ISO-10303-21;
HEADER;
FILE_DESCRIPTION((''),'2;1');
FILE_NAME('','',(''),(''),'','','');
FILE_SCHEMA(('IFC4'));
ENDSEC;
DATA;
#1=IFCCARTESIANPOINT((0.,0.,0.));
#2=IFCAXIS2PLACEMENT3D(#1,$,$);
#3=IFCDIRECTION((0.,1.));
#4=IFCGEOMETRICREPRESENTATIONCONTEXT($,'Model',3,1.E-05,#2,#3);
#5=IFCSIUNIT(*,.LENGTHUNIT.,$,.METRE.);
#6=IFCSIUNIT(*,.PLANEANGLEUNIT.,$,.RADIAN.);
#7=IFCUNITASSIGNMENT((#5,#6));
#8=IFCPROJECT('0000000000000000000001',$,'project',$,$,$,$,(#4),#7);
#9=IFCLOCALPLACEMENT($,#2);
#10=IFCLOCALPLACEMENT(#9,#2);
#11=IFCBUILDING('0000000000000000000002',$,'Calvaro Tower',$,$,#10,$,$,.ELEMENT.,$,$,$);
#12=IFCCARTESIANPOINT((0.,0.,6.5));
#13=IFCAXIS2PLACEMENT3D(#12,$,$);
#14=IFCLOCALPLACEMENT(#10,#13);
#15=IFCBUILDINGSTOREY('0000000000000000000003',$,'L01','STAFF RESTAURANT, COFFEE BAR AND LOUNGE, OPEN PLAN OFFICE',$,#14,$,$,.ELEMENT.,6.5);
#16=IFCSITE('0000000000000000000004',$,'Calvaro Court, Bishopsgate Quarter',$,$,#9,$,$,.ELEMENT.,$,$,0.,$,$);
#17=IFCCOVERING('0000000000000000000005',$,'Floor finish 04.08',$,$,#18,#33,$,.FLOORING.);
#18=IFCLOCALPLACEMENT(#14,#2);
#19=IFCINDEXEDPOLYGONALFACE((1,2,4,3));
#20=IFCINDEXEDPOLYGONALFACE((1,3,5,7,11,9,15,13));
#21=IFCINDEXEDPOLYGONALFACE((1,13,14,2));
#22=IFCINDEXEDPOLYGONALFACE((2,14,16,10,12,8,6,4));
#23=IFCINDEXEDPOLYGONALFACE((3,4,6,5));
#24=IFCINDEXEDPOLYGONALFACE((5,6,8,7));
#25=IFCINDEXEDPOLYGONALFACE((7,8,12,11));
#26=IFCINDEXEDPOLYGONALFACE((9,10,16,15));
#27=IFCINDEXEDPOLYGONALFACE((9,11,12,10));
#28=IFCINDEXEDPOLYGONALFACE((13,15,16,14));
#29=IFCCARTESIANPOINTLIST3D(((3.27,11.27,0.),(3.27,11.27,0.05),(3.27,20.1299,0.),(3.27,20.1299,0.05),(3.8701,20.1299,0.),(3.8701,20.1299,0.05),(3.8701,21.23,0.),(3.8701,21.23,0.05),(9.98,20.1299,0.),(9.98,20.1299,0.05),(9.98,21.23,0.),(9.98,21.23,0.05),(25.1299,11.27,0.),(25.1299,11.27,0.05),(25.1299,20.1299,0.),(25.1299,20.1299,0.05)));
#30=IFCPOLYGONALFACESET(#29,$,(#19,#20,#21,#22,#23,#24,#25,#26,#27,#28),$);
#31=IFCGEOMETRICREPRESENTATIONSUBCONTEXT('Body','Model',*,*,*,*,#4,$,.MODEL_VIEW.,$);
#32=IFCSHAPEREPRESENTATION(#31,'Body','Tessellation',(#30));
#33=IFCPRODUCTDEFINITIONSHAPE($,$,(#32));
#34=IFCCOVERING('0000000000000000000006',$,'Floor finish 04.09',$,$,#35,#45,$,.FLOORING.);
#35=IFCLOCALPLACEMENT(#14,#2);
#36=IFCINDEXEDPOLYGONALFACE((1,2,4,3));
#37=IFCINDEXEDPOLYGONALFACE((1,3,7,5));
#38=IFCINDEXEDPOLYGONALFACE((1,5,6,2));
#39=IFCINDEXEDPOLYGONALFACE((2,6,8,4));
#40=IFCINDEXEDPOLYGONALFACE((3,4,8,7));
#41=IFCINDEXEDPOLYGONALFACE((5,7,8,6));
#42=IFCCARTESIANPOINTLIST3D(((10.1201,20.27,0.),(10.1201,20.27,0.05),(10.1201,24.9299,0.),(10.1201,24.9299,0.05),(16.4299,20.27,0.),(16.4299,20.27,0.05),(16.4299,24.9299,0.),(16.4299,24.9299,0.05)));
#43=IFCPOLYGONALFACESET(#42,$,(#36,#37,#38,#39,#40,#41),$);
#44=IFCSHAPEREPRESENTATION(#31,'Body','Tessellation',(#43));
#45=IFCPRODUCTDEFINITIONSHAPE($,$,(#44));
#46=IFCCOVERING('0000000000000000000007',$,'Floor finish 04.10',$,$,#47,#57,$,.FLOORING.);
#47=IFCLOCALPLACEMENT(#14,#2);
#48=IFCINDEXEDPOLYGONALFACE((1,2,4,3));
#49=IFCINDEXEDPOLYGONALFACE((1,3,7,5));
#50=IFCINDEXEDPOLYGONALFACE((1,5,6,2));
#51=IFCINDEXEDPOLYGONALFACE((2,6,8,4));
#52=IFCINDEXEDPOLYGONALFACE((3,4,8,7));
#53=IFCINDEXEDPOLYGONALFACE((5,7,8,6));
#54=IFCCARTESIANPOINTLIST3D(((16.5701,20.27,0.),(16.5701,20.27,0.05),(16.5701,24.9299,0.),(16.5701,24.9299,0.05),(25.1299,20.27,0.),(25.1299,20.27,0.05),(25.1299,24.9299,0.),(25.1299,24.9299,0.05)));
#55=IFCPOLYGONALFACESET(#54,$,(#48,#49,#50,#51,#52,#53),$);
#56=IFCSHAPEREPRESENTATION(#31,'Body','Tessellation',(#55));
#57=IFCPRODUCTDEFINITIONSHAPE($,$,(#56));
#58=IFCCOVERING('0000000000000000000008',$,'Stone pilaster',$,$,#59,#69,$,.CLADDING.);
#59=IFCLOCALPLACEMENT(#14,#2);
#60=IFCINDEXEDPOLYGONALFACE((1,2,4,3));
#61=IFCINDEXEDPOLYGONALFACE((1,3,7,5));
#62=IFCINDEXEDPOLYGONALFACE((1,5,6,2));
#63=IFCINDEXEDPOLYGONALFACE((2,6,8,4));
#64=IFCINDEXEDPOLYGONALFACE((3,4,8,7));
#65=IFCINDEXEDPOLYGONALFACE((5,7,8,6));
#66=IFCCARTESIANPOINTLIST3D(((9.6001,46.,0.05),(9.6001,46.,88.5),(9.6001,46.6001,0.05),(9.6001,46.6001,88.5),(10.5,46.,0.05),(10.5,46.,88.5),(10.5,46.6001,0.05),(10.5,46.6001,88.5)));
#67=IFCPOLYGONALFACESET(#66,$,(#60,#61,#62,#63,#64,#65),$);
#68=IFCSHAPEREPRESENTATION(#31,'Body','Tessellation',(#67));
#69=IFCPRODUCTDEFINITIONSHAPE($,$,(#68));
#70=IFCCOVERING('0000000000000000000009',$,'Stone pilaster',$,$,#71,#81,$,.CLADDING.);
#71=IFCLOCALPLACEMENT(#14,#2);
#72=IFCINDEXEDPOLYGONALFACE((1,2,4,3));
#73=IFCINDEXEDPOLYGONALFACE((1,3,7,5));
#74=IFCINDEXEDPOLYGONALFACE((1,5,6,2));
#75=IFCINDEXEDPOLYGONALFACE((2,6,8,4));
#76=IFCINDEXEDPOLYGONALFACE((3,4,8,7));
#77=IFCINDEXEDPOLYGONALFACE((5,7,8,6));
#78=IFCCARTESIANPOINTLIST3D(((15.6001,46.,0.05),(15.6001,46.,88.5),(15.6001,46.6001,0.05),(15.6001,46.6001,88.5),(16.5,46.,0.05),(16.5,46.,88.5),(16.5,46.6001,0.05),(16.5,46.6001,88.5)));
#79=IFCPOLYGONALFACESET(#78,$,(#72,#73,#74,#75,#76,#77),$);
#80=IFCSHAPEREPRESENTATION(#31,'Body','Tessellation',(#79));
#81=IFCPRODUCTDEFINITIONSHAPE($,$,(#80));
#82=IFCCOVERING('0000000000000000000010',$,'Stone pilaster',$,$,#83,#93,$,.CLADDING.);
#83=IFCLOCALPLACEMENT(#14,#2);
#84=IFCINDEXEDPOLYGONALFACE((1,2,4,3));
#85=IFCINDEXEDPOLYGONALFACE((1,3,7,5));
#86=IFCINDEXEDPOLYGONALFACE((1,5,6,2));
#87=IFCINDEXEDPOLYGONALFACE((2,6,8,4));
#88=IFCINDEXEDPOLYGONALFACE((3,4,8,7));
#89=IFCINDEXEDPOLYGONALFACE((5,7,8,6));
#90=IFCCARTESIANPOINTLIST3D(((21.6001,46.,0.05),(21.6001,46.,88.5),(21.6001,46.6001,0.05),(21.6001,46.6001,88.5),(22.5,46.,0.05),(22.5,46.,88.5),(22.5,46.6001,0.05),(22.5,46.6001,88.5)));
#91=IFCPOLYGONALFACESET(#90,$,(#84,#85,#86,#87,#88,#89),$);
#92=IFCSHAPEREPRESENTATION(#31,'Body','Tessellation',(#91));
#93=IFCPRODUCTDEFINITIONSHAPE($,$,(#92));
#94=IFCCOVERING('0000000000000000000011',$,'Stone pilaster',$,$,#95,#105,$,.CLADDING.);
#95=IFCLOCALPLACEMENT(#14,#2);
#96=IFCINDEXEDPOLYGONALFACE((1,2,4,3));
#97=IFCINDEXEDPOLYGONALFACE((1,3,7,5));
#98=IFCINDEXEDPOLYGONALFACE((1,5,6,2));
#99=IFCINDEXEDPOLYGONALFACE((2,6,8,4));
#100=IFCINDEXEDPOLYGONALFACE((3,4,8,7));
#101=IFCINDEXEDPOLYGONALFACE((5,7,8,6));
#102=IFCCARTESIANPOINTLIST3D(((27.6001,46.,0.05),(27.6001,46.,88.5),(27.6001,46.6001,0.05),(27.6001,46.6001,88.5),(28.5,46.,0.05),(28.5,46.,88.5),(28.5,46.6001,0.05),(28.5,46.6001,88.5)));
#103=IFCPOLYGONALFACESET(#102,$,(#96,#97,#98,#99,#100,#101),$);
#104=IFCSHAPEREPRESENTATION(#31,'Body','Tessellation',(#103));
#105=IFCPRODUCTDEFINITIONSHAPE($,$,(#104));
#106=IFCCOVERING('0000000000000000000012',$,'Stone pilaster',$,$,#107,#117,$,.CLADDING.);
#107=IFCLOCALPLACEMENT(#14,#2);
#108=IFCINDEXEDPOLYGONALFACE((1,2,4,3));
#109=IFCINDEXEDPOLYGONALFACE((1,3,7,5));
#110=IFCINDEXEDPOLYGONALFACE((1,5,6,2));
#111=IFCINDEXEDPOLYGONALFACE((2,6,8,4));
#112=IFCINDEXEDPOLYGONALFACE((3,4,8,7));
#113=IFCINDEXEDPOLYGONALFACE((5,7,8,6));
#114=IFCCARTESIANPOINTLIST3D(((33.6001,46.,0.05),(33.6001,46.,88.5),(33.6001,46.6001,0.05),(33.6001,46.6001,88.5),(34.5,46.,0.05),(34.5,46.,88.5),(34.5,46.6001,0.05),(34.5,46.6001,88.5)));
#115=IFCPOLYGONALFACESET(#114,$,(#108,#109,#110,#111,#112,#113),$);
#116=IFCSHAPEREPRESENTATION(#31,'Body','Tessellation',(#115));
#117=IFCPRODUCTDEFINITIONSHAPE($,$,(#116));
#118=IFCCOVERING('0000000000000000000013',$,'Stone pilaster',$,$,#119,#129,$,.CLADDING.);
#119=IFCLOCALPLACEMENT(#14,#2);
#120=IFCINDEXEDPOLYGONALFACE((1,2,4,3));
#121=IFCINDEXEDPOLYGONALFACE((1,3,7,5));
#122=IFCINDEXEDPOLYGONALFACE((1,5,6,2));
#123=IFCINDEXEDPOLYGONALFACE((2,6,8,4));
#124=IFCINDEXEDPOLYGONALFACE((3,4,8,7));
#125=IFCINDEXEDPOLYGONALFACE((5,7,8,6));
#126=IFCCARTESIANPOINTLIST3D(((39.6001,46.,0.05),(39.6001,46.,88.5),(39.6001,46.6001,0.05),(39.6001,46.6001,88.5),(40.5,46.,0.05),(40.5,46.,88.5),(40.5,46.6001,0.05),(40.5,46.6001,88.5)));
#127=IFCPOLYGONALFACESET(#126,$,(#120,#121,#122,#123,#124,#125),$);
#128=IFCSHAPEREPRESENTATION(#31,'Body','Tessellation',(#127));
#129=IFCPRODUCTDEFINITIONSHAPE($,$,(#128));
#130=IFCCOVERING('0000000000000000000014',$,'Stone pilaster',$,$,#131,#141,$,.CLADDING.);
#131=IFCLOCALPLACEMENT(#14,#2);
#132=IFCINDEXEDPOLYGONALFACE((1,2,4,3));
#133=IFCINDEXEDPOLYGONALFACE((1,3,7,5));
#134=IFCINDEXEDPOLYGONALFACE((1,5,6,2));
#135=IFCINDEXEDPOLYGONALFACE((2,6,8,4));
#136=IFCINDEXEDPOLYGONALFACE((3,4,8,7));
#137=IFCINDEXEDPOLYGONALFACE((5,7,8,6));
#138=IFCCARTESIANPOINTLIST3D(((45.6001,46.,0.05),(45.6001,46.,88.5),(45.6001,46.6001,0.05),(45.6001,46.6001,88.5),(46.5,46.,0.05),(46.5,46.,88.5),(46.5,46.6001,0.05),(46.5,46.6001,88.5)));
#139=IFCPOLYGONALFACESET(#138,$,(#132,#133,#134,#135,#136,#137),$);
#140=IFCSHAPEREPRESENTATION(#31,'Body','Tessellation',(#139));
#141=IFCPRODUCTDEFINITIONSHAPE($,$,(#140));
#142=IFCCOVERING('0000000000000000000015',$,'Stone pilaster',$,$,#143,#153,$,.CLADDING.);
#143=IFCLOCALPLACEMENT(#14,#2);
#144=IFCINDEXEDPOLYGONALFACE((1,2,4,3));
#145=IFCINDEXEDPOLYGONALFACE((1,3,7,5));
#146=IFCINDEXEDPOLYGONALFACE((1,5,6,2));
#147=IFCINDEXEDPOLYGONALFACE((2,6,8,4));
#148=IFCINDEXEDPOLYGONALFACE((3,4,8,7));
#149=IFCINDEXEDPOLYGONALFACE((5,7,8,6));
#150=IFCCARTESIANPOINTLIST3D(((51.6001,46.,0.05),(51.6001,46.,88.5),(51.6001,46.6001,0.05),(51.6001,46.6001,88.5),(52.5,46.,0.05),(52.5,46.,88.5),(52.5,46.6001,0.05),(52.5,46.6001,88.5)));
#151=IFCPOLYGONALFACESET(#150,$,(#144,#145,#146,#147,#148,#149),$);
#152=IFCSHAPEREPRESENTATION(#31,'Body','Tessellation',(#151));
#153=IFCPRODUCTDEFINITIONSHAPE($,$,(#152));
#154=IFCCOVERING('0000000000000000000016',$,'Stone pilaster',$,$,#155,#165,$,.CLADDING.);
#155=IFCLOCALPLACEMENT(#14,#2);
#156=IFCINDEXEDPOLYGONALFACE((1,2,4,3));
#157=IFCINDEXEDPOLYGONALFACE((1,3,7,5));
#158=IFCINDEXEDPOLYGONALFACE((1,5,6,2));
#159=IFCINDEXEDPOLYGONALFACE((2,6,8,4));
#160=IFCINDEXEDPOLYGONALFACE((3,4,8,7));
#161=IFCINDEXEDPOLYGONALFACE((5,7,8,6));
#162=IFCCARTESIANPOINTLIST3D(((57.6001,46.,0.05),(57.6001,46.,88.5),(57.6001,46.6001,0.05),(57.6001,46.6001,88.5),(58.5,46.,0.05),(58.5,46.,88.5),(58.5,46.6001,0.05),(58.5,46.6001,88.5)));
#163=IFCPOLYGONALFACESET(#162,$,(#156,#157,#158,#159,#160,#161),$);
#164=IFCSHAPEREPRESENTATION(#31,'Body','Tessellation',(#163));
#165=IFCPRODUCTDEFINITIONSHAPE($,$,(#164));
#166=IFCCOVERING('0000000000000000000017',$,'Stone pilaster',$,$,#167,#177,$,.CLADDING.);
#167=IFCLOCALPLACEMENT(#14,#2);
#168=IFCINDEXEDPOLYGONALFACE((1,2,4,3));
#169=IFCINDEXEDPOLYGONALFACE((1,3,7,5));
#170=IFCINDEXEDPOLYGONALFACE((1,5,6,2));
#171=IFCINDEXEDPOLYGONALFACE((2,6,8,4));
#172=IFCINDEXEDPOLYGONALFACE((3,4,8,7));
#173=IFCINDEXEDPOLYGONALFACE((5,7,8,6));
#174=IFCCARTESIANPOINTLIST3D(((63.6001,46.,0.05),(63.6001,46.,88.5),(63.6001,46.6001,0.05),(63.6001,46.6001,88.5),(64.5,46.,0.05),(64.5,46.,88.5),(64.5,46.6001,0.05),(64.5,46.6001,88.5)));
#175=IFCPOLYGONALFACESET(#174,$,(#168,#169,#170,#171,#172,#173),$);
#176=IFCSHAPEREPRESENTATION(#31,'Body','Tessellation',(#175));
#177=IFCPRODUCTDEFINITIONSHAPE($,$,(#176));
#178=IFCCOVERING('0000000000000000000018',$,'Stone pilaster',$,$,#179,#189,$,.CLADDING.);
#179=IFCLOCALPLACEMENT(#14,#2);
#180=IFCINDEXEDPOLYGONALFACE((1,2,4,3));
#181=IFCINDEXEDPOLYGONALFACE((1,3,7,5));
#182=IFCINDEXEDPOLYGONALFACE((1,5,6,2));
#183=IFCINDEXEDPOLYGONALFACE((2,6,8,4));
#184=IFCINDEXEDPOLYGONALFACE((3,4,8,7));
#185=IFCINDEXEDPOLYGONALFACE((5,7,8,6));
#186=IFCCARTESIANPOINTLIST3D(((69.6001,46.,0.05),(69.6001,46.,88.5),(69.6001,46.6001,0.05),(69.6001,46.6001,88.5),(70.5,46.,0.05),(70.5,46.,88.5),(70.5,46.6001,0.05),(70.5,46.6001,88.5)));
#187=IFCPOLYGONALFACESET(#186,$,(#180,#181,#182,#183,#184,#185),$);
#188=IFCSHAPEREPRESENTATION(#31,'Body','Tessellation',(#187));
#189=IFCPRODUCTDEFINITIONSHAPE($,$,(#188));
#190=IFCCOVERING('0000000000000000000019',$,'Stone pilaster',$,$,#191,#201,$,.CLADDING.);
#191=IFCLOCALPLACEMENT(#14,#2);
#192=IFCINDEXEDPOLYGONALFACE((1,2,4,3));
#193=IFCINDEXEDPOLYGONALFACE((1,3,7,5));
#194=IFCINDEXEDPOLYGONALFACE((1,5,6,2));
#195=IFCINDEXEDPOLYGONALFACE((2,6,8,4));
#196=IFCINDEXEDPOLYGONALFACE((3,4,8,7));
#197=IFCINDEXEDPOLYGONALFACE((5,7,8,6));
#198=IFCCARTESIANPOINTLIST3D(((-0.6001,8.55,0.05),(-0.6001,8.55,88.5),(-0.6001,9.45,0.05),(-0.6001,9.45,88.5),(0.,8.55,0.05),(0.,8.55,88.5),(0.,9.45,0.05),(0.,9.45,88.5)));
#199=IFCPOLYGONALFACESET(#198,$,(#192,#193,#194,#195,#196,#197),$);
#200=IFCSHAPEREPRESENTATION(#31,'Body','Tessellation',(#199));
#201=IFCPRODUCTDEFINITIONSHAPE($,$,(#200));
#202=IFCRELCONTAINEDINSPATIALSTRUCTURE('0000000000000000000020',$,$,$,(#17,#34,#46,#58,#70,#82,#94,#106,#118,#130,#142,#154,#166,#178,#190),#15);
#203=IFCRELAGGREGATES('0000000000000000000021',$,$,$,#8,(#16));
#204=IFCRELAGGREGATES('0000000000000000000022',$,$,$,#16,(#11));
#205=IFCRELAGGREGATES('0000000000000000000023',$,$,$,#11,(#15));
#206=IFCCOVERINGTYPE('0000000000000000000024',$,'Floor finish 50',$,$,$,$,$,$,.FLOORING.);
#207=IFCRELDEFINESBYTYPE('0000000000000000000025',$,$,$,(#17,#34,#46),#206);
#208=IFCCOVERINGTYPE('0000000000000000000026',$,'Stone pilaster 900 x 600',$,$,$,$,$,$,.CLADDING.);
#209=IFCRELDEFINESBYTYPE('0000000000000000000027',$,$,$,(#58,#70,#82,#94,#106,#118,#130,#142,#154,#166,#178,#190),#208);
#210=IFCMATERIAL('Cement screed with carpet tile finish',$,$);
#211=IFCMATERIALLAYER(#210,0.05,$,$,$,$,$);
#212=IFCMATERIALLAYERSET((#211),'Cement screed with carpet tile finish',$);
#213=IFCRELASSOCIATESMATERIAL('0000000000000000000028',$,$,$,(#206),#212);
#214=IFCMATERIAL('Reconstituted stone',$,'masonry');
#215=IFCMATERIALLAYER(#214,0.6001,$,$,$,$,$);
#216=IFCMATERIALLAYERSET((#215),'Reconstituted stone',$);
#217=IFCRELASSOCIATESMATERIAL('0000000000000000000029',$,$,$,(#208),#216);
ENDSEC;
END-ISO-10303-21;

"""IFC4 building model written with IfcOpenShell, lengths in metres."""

from ifc_helpers import new_model, si_unit, direction, frame, origin, place, context, subcontext, project, spatial, polyline, outline, extrude, material, layer, layer_set, type_object, element, save


model = new_model("IFC4")

# Units and contexts
model_context = context("Model", 3, precision=1e-05, world=origin(), true_north=direction((0.0, 1.0)))
body_context = subcontext(model_context, "Body", "Model", "MODEL_VIEW")
ifc_project = project(units=[si_unit("LENGTHUNIT", "METRE"), si_unit("PLANEANGLEUNIT", "RADIAN")], contexts=[model_context])

# Site, building, storey
site_placement = place(None, origin())
site = spatial("IfcSite", under=ifc_project, at=site_placement, Name="Calvaro Court, Bishopsgate Quarter", CompositionType="ELEMENT", RefElevation=0.0)
building_placement = place(site_placement, origin())
building = spatial("IfcBuilding", under=site, at=building_placement, Name="Calvaro Tower", CompositionType="ELEMENT")
storey_placement = place(building_placement, frame((0.0, 0.0, 6.5)))
storey = spatial("IfcBuildingStorey", under=building, at=storey_placement, Name="L01", Description="STAFF RESTAURANT, COFFEE BAR AND LOUNGE, OPEN PLAN OFFICE", CompositionType="ELEMENT", Elevation=6.5)

# Coverings
ifc_material_1 = material(Name="Cement screed with carpet tile finish")
ifc_layer_1 = layer(ifc_material_1, 0.05)
ifc_layer_set_1 = layer_set([ifc_layer_1], Name="Cement screed with carpet tile finish")
covering_type_1 = type_object("IfcCoveringType", Name="Floor finish 50", PredefinedType="FLOORING", material=ifc_layer_set_1)
covering_1_placement = place(storey_placement, origin())
element("IfcCovering", 1, at=covering_1_placement, inside=storey, type_object=covering_type_1, Name="Floor finish 04.08", PredefinedType="FLOORING", context=body_context, shape_type="SweptSolid", body=[
    extrude(outline(polyline([(3.8701, 20.1299), (3.8701, 21.23), (9.98, 21.23), (9.98, 20.1299), (25.1299, 20.1299), (25.1299, 11.27), (3.27, 11.27), (3.27, 20.1299), (3.8701, 20.1299)])), origin(), (0.0, 0.0, 1.0), 0.05),
])
covering_2_placement = place(storey_placement, origin())
element("IfcCovering", 2, at=covering_2_placement, inside=storey, type_object=covering_type_1, Name="Floor finish 04.09", PredefinedType="FLOORING", context=body_context, shape_type="SweptSolid", body=[
    extrude(outline(polyline([(10.1201, 24.9299), (16.4299, 24.9299), (16.4299, 20.27), (10.1201, 20.27), (10.1201, 24.9299)])), origin(), (0.0, 0.0, 1.0), 0.05),
])
covering_3_placement = place(storey_placement, origin())
element("IfcCovering", 3, at=covering_3_placement, inside=storey, type_object=covering_type_1, Name="Floor finish 04.10", PredefinedType="FLOORING", context=body_context, shape_type="SweptSolid", body=[
    extrude(outline(polyline([(16.5701, 24.9299), (25.1299, 24.9299), (25.1299, 20.27), (16.5701, 20.27), (16.5701, 24.9299)])), origin(), (0.0, 0.0, 1.0), 0.05),
])
ifc_material_2 = material(Name="Reconstituted stone", Category="masonry")
ifc_layer_2 = layer(ifc_material_2, 0.6001)
ifc_layer_set_2 = layer_set([ifc_layer_2], Name="Reconstituted stone")
covering_type_2 = type_object("IfcCoveringType", Name="Stone pilaster 900 x 600", PredefinedType="CLADDING", material=ifc_layer_set_2)
covering_4_placement = place(storey_placement, frame((0.0, 0.0, 0.05)))
element("IfcCovering", 4, at=covering_4_placement, inside=storey, type_object=covering_type_2, Name="Stone pilaster", PredefinedType="CLADDING", context=body_context, shape_type="SweptSolid", body=[
    extrude(outline(polyline([(9.6001, 46.0), (10.5, 46.0), (10.5, 46.6001), (9.6001, 46.6001), (9.6001, 46.0)])), origin(), (0.0, 0.0, 1.0), 88.45),
])
covering_5_placement = place(storey_placement, frame((0.0, 0.0, 0.05)))
element("IfcCovering", 5, at=covering_5_placement, inside=storey, type_object=covering_type_2, Name="Stone pilaster", PredefinedType="CLADDING", context=body_context, shape_type="SweptSolid", body=[
    extrude(outline(polyline([(15.6001, 46.0), (16.5, 46.0), (16.5, 46.6001), (15.6001, 46.6001), (15.6001, 46.0)])), origin(), (0.0, 0.0, 1.0), 88.45),
])
covering_6_placement = place(storey_placement, frame((0.0, 0.0, 0.05)))
element("IfcCovering", 6, at=covering_6_placement, inside=storey, type_object=covering_type_2, Name="Stone pilaster", PredefinedType="CLADDING", context=body_context, shape_type="SweptSolid", body=[
    extrude(outline(polyline([(21.6001, 46.0), (22.5, 46.0), (22.5, 46.6001), (21.6001, 46.6001), (21.6001, 46.0)])), origin(), (0.0, 0.0, 1.0), 88.45),
])
covering_7_placement = place(storey_placement, frame((0.0, 0.0, 0.05)))
element("IfcCovering", 7, at=covering_7_placement, inside=storey, type_object=covering_type_2, Name="Stone pilaster", PredefinedType="CLADDING", context=body_context, shape_type="SweptSolid", body=[
    extrude(outline(polyline([(27.6001, 46.0), (28.5, 46.0), (28.5, 46.6001), (27.6001, 46.6001), (27.6001, 46.0)])), origin(), (0.0, 0.0, 1.0), 88.45),
])
covering_8_placement = place(storey_placement, frame((0.0, 0.0, 0.05)))
element("IfcCovering", 8, at=covering_8_placement, inside=storey, type_object=covering_type_2, Name="Stone pilaster", PredefinedType="CLADDING", context=body_context, shape_type="SweptSolid", body=[
    extrude(outline(polyline([(33.6001, 46.0), (34.5, 46.0), (34.5, 46.6001), (33.6001, 46.6001), (33.6001, 46.0)])), origin(), (0.0, 0.0, 1.0), 88.45),
])
covering_9_placement = place(storey_placement, frame((0.0, 0.0, 0.05)))
element("IfcCovering", 9, at=covering_9_placement, inside=storey, type_object=covering_type_2, Name="Stone pilaster", PredefinedType="CLADDING", context=body_context, shape_type="SweptSolid", body=[
    extrude(outline(polyline([(39.6001, 46.0), (40.5, 46.0), (40.5, 46.6001), (39.6001, 46.6001), (39.6001, 46.0)])), origin(), (0.0, 0.0, 1.0), 88.45),
])
covering_10_placement = place(storey_placement, frame((0.0, 0.0, 0.05)))
element("IfcCovering", 10, at=covering_10_placement, inside=storey, type_object=covering_type_2, Name="Stone pilaster", PredefinedType="CLADDING", context=body_context, shape_type="SweptSolid", body=[
    extrude(outline(polyline([(45.6001, 46.0), (46.5, 46.0), (46.5, 46.6001), (45.6001, 46.6001), (45.6001, 46.0)])), origin(), (0.0, 0.0, 1.0), 88.45),
])
covering_11_placement = place(storey_placement, frame((0.0, 0.0, 0.05)))
element("IfcCovering", 11, at=covering_11_placement, inside=storey, type_object=covering_type_2, Name="Stone pilaster", PredefinedType="CLADDING", context=body_context, shape_type="SweptSolid", body=[
    extrude(outline(polyline([(51.6001, 46.0), (52.5, 46.0), (52.5, 46.6001), (51.6001, 46.6001), (51.6001, 46.0)])), origin(), (0.0, 0.0, 1.0), 88.45),
])
covering_12_placement = place(storey_placement, frame((0.0, 0.0, 0.05)))
element("IfcCovering", 12, at=covering_12_placement, inside=storey, type_object=covering_type_2, Name="Stone pilaster", PredefinedType="CLADDING", context=body_context, shape_type="SweptSolid", body=[
    extrude(outline(polyline([(57.6001, 46.0), (58.5, 46.0), (58.5, 46.6001), (57.6001, 46.6001), (57.6001, 46.0)])), origin(), (0.0, 0.0, 1.0), 88.45),
])
covering_13_placement = place(storey_placement, frame((0.0, 0.0, 0.05)))
element("IfcCovering", 13, at=covering_13_placement, inside=storey, type_object=covering_type_2, Name="Stone pilaster", PredefinedType="CLADDING", context=body_context, shape_type="SweptSolid", body=[
    extrude(outline(polyline([(63.6001, 46.0), (64.5, 46.0), (64.5, 46.6001), (63.6001, 46.6001), (63.6001, 46.0)])), origin(), (0.0, 0.0, 1.0), 88.45),
])
covering_14_placement = place(storey_placement, frame((0.0, 0.0, 0.05)))
element("IfcCovering", 14, at=covering_14_placement, inside=storey, type_object=covering_type_2, Name="Stone pilaster", PredefinedType="CLADDING", context=body_context, shape_type="SweptSolid", body=[
    extrude(outline(polyline([(69.6001, 46.0), (70.5, 46.0), (70.5, 46.6001), (69.6001, 46.6001), (69.6001, 46.0)])), origin(), (0.0, 0.0, 1.0), 88.45),
])
covering_15_placement = place(storey_placement, frame((0.0, 0.0, 0.05)))
element("IfcCovering", 15, at=covering_15_placement, inside=storey, type_object=covering_type_2, Name="Stone pilaster", PredefinedType="CLADDING", context=body_context, shape_type="SweptSolid", body=[
    extrude(outline(polyline([(-0.6001, 8.55), (0.0, 8.55), (0.0, 9.45), (-0.6001, 9.45), (-0.6001, 8.55)])), origin(), (0.0, 0.0, 1.0), 88.45),
])

save(model, "model.ifc")
